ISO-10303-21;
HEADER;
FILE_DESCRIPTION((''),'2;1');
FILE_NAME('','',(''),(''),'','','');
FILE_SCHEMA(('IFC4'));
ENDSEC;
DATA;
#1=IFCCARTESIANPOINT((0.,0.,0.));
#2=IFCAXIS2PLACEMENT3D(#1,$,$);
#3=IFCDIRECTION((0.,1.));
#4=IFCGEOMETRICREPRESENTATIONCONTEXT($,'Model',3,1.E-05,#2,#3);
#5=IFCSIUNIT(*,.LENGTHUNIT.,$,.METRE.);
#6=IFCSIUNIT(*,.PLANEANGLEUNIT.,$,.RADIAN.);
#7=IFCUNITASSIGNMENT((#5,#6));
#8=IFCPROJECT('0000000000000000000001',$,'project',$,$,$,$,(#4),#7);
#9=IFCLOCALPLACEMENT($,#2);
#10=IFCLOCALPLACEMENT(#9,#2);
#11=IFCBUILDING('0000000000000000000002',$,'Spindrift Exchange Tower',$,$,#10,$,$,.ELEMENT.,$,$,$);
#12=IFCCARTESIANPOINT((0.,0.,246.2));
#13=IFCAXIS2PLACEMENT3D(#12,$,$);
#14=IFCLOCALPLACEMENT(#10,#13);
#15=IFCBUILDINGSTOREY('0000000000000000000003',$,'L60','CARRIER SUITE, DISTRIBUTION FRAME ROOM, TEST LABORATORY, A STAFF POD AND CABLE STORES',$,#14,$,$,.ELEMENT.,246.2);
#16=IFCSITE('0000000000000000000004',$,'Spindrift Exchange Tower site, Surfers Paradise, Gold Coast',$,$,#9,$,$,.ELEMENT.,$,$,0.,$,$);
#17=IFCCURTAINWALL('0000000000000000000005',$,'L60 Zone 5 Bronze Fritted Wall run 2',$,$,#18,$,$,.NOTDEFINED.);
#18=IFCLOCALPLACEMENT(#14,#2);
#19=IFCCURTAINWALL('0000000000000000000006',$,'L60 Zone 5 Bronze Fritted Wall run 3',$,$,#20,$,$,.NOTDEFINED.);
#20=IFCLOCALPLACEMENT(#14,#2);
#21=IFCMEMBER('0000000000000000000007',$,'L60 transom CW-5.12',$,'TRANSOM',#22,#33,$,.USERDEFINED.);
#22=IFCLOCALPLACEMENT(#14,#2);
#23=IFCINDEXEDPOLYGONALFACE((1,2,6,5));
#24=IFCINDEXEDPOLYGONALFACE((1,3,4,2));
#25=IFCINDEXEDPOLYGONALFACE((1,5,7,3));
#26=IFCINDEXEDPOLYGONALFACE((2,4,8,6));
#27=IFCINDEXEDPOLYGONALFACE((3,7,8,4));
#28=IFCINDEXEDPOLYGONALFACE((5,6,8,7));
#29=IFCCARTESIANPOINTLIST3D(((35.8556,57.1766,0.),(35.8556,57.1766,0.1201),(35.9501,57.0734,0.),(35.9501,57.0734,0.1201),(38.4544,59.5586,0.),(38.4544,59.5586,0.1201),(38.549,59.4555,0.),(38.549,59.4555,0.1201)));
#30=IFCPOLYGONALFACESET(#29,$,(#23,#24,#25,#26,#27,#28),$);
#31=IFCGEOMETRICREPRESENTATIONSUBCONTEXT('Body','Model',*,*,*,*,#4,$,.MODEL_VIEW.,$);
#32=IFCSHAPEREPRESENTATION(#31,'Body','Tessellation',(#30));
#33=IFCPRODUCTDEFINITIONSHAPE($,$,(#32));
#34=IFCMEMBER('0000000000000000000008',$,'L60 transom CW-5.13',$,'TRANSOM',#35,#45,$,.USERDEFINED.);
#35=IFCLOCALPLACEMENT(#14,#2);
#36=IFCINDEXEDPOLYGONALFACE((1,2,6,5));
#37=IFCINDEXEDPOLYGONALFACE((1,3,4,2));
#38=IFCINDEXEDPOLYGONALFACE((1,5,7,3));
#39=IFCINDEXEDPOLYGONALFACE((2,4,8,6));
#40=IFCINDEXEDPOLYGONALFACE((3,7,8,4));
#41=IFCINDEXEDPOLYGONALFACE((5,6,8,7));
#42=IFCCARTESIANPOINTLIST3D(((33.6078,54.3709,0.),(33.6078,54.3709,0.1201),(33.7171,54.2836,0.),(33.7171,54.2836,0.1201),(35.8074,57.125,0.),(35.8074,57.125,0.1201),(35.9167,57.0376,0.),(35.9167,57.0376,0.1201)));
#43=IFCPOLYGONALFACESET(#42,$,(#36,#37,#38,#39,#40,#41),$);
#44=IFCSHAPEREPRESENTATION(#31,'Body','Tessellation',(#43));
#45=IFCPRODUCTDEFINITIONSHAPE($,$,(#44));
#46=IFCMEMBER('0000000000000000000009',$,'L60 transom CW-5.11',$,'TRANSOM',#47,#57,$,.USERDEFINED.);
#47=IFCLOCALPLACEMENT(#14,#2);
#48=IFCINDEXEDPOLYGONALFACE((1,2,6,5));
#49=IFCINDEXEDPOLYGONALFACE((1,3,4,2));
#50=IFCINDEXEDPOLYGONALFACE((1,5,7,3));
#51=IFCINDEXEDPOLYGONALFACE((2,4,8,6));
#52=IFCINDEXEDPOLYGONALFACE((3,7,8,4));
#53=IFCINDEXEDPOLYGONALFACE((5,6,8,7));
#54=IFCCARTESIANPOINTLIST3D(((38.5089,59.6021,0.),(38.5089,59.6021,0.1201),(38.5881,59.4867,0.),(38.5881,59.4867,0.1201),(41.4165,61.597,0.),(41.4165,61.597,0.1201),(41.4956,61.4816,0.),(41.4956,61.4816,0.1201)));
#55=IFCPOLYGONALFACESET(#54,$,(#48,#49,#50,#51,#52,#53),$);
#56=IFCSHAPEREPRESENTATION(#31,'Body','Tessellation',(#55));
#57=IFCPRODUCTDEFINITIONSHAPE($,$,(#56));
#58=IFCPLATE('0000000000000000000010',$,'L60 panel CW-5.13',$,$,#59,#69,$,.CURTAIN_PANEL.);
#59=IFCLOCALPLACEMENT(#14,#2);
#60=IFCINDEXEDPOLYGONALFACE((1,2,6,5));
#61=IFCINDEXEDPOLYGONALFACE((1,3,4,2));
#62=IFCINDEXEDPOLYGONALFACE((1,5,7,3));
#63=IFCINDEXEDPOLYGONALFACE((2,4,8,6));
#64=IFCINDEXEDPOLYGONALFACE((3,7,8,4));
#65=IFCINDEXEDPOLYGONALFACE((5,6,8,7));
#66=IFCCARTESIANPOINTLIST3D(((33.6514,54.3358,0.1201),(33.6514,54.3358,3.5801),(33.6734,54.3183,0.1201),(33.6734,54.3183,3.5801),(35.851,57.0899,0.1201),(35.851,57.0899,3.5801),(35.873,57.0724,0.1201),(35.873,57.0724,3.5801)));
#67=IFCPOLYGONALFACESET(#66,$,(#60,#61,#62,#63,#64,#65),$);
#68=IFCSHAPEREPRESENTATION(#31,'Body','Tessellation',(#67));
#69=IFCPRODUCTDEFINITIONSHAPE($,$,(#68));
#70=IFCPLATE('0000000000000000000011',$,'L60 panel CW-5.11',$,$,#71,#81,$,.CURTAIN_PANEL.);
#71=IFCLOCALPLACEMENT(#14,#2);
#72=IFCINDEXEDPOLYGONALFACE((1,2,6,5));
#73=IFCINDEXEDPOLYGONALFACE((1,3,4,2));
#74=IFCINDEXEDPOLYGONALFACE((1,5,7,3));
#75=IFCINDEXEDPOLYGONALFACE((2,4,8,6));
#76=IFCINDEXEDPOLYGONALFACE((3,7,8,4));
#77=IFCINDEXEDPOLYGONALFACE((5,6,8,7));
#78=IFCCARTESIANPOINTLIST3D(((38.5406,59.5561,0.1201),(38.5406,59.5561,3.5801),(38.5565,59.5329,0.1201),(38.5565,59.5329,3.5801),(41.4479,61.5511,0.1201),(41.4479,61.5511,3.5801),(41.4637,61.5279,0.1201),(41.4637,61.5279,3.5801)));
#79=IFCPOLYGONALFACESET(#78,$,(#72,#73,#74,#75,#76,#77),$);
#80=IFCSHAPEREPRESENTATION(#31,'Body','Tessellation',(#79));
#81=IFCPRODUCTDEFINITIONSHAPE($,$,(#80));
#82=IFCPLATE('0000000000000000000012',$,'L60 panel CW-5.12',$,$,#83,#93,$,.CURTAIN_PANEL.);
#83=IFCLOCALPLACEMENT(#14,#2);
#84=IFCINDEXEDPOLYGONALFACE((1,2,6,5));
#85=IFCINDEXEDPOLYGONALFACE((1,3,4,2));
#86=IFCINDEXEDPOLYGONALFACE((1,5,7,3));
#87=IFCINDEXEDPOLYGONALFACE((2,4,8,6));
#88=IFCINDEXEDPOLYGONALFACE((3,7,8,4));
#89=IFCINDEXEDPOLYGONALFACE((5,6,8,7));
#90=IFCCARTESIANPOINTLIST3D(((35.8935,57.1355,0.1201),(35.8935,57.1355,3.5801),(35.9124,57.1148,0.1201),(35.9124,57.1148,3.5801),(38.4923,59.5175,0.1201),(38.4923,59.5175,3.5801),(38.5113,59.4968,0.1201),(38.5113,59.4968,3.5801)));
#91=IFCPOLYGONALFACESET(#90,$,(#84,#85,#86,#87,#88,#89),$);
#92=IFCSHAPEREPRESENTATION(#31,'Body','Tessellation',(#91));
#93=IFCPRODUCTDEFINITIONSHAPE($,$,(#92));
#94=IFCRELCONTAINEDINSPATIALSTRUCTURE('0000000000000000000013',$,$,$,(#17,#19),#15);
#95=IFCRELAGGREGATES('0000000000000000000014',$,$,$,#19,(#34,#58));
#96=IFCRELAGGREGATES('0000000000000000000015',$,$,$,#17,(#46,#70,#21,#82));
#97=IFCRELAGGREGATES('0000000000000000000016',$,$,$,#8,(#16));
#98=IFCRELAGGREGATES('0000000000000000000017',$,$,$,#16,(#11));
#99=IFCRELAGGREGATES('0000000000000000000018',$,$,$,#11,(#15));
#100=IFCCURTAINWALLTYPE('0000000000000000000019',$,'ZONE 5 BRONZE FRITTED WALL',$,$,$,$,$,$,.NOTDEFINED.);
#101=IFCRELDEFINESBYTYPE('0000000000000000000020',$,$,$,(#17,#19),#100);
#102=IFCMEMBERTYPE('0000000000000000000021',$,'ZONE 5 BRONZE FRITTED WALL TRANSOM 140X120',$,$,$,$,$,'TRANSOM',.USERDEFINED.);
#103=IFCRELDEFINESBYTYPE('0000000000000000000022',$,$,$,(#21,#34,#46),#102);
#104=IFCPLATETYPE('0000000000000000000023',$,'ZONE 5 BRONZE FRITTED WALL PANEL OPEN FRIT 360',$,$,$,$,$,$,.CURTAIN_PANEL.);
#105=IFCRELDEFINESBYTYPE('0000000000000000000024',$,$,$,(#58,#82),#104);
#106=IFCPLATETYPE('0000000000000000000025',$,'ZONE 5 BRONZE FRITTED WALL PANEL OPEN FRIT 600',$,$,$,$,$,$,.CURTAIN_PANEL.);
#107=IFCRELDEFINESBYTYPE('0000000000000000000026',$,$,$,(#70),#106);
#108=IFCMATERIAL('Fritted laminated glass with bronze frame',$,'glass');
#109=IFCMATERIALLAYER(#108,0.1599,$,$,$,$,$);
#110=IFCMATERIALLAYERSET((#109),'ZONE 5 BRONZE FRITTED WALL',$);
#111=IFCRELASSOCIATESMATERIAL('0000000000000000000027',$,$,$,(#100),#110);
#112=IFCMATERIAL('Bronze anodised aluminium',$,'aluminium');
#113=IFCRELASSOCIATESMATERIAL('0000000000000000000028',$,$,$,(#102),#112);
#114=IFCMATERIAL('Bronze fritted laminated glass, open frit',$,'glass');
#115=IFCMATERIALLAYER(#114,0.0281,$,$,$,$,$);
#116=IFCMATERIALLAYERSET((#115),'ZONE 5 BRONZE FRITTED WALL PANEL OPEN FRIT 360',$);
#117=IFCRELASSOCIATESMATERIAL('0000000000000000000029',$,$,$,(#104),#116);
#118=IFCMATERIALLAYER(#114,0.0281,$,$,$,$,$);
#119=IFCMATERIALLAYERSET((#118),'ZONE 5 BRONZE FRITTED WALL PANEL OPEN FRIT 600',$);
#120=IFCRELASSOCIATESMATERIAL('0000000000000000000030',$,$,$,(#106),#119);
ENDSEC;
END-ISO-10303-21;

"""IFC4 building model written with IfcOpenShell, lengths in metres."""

from ifc_helpers import new_model, si_unit, direction, frame, origin, origin_2d, place, context, subcontext, project, spatial, rectangle, extrude, source, transform, mapped, material, layer, layer_set, material_profile, profile_set, type_object, element, aggregate, save


model = new_model("IFC4")

# Units and contexts
model_context = context("Model", 3, precision=1e-05, world=origin(), true_north=direction((0.0, 1.0)))
body_context = subcontext(model_context, "Body", "Model", "MODEL_VIEW")
ifc_project = project(units=[si_unit("LENGTHUNIT", "METRE"), si_unit("PLANEANGLEUNIT", "RADIAN")], contexts=[model_context])

# Site, building, storey
site_placement = place(None, origin())
site = spatial("IfcSite", under=ifc_project, at=site_placement, Name="Spindrift Exchange Tower site, Surfers Paradise, Gold Coast", CompositionType="ELEMENT", RefElevation=0.0)
building_placement = place(site_placement, origin())
building = spatial("IfcBuilding", under=site, at=building_placement, Name="Spindrift Exchange Tower", CompositionType="ELEMENT")
storey_placement = place(building_placement, frame((0.0, 0.0, 246.2)))
storey = spatial("IfcBuildingStorey", under=building, at=storey_placement, Name="L60", Description="CARRIER SUITE, DISTRIBUTION FRAME ROOM, TEST LABORATORY, A STAFF POD AND CABLE STORES", CompositionType="ELEMENT", Elevation=246.2)

# Curtain wall
ifc_material_1 = material(Name="Fritted laminated glass with bronze frame", Category="glass")
ifc_layer_1 = layer(ifc_material_1, 0.1599)
ifc_layer_set_1 = layer_set([ifc_layer_1], Name="ZONE 5 BRONZE FRITTED WALL")
curtain_wall_type = type_object("IfcCurtainWallType", Name="ZONE 5 BRONZE FRITTED WALL", PredefinedType="NOTDEFINED", material=ifc_layer_set_1)
curtain_wall_1_placement = place(storey_placement, origin())
curtain_wall_1 = element("IfcCurtainWall", 1, at=curtain_wall_1_placement, inside=storey, type_object=curtain_wall_type, Name="L60 Zone 5 Bronze Fritted Wall run 2", PredefinedType="NOTDEFINED")
ifc_material_2 = material(Name="Bronze anodised aluminium", Category="aluminium")

# Curtain wall
curtain_wall_2_placement = place(storey_placement, origin())
curtain_wall_2 = element("IfcCurtainWall", 2, at=curtain_wall_2_placement, inside=storey, type_object=curtain_wall_type, Name="L60 Zone 5 Bronze Fritted Wall run 3", PredefinedType="NOTDEFINED")

# Members
ifc_material_profile_1 = material_profile(ifc_material_2, rectangle(XDim=0.1399, YDim=0.1201, at=origin_2d()), Name="ZONE 5 BRONZE FRITTED WALL TRANSOM 140X120")
ifc_profile_set_1 = profile_set([ifc_material_profile_1], Name="Bronze anodised aluminium")
member_type_1 = type_object("IfcMemberType", Name="ZONE 5 BRONZE FRITTED WALL TRANSOM 140X120", ElementType="TRANSOM", PredefinedType="USERDEFINED", material=ifc_profile_set_1)
shared_shape_1 = source(origin(), body_context, "Body", "SweptSolid", [
    extrude(rectangle(XDim=0.1399, YDim=0.1201, at=origin_2d()), origin(), (0.0, 0.0, 1.0), 3.5254),
])
member_1_placement = place(storey_placement, frame((38.5017, 59.5071, 0.0601), z_axis=(-0.737186, -0.67569, 0.0), x_axis=(0.67569, -0.737186, 0.0)))
member_1 = element("IfcMember", 3, at=member_1_placement, type_object=member_type_1, Name="L60 transom CW-5.12", ObjectType="TRANSOM", PredefinedType="USERDEFINED", context=body_context, shape_type="MappedRepresentation", body=[
    mapped(shared_shape_1, transform((0.0, 0.0, 0.0), scale=1.0)),
])
shared_shape_2 = source(origin(), body_context, "Body", "SweptSolid", [
    extrude(rectangle(XDim=0.1399, YDim=0.1201, at=origin_2d()), origin(), (0.0, 0.0, 1.0), 3.5247),
])
member_2_placement = place(storey_placement, frame((35.8621, 57.0813, 0.0601), z_axis=(-0.62407, -0.781369, 0.0), x_axis=(0.781369, -0.62407, 0.0)))
member_2 = element("IfcMember", 4, at=member_2_placement, type_object=member_type_1, Name="L60 transom CW-5.13", ObjectType="TRANSOM", PredefinedType="USERDEFINED", context=body_context, shape_type="MappedRepresentation", body=[
    mapped(shared_shape_2, transform((0.0, 0.0, 0.0), scale=1.0)),
])
shared_shape_3 = source(origin(), body_context, "Body", "SweptSolid", [
    extrude(rectangle(XDim=0.1399, YDim=0.1201, at=origin_2d()), origin(), (0.0, 0.0, 1.0), 3.5261),
])
member_3_placement = place(storey_placement, frame((41.4561, 61.5393, 0.0601), z_axis=(-0.824573, -0.565756, 0.0), x_axis=(0.565756, -0.824573, 0.0)))
member_3 = element("IfcMember", 5, at=member_3_placement, type_object=member_type_1, Name="L60 transom CW-5.11", ObjectType="TRANSOM", PredefinedType="USERDEFINED", context=body_context, shape_type="MappedRepresentation", body=[
    mapped(shared_shape_3, transform((0.0, 0.0, 0.0), scale=1.0)),
])

# Plates
ifc_material_3 = material(Name="Bronze fritted laminated glass, open frit", Category="glass")
ifc_layer_2 = layer(ifc_material_3, 0.0281)
ifc_layer_set_2 = layer_set([ifc_layer_2], Name="ZONE 5 BRONZE FRITTED WALL PANEL OPEN FRIT 360")
plate_type_1 = type_object("IfcPlateType", Name="ZONE 5 BRONZE FRITTED WALL PANEL OPEN FRIT 360", PredefinedType="CURTAIN_PANEL", material=ifc_layer_set_2)
shared_shape_4 = source(origin(), body_context, "Body", "SweptSolid", [
    extrude(rectangle(XDim=3.5247, YDim=0.0281, at=origin_2d()), origin(), (0.0, 0.0, 1.0), 3.46),
])
plate_1_placement = place(storey_placement, frame((34.7622, 55.7041, 0.1201), z_axis=(0.0, 0.0, 1.0), x_axis=(-0.624065, -0.781372, 0.0)))
plate_1 = element("IfcPlate", 6, at=plate_1_placement, type_object=plate_type_1, Name="L60 panel CW-5.13", PredefinedType="CURTAIN_PANEL", context=body_context, shape_type="MappedRepresentation", body=[
    mapped(shared_shape_4, transform((0.0, 0.0, 0.0), scale=1.0)),
])
aggregate(curtain_wall_2, [member_2, plate_1])
ifc_layer_3 = layer(ifc_material_3, 0.0281)
ifc_layer_set_3 = layer_set([ifc_layer_3], Name="ZONE 5 BRONZE FRITTED WALL PANEL OPEN FRIT 600")
plate_type_2 = type_object("IfcPlateType", Name="ZONE 5 BRONZE FRITTED WALL PANEL OPEN FRIT 600", PredefinedType="CURTAIN_PANEL", material=ifc_layer_set_3)
shared_shape_5 = source(origin(), body_context, "Body", "SweptSolid", [
    extrude(rectangle(XDim=3.5259, YDim=0.0281, at=origin_2d()), origin(), (0.0, 0.0, 1.0), 3.46),
])
plate_2_placement = place(storey_placement, frame((40.0022, 60.542, 0.1201), z_axis=(0.0, 0.0, 1.0), x_axis=(-0.824536, -0.565809, 0.0)))
plate_2 = element("IfcPlate", 7, at=plate_2_placement, type_object=plate_type_2, Name="L60 panel CW-5.11", PredefinedType="CURTAIN_PANEL", context=body_context, shape_type="MappedRepresentation", body=[
    mapped(shared_shape_5, transform((0.0, 0.0, 0.0), scale=1.0)),
])
shared_shape_6 = source(origin(), body_context, "Body", "SweptSolid", [
    extrude(rectangle(XDim=3.5254, YDim=0.0281, at=origin_2d()), origin(), (0.0, 0.0, 1.0), 3.46),
])
plate_3_placement = place(storey_placement, frame((37.2024, 58.3162, 0.1201), z_axis=(0.0, 0.0, 1.0), x_axis=(-0.737187, -0.675689, 0.0)))
plate_3 = element("IfcPlate", 8, at=plate_3_placement, type_object=plate_type_1, Name="L60 panel CW-5.12", PredefinedType="CURTAIN_PANEL", context=body_context, shape_type="MappedRepresentation", body=[
    mapped(shared_shape_6, transform((0.0, 0.0, 0.0), scale=1.0)),
])
aggregate(curtain_wall_1, [member_3, plate_2, member_1, plate_3])

save(model, "model.ifc")
